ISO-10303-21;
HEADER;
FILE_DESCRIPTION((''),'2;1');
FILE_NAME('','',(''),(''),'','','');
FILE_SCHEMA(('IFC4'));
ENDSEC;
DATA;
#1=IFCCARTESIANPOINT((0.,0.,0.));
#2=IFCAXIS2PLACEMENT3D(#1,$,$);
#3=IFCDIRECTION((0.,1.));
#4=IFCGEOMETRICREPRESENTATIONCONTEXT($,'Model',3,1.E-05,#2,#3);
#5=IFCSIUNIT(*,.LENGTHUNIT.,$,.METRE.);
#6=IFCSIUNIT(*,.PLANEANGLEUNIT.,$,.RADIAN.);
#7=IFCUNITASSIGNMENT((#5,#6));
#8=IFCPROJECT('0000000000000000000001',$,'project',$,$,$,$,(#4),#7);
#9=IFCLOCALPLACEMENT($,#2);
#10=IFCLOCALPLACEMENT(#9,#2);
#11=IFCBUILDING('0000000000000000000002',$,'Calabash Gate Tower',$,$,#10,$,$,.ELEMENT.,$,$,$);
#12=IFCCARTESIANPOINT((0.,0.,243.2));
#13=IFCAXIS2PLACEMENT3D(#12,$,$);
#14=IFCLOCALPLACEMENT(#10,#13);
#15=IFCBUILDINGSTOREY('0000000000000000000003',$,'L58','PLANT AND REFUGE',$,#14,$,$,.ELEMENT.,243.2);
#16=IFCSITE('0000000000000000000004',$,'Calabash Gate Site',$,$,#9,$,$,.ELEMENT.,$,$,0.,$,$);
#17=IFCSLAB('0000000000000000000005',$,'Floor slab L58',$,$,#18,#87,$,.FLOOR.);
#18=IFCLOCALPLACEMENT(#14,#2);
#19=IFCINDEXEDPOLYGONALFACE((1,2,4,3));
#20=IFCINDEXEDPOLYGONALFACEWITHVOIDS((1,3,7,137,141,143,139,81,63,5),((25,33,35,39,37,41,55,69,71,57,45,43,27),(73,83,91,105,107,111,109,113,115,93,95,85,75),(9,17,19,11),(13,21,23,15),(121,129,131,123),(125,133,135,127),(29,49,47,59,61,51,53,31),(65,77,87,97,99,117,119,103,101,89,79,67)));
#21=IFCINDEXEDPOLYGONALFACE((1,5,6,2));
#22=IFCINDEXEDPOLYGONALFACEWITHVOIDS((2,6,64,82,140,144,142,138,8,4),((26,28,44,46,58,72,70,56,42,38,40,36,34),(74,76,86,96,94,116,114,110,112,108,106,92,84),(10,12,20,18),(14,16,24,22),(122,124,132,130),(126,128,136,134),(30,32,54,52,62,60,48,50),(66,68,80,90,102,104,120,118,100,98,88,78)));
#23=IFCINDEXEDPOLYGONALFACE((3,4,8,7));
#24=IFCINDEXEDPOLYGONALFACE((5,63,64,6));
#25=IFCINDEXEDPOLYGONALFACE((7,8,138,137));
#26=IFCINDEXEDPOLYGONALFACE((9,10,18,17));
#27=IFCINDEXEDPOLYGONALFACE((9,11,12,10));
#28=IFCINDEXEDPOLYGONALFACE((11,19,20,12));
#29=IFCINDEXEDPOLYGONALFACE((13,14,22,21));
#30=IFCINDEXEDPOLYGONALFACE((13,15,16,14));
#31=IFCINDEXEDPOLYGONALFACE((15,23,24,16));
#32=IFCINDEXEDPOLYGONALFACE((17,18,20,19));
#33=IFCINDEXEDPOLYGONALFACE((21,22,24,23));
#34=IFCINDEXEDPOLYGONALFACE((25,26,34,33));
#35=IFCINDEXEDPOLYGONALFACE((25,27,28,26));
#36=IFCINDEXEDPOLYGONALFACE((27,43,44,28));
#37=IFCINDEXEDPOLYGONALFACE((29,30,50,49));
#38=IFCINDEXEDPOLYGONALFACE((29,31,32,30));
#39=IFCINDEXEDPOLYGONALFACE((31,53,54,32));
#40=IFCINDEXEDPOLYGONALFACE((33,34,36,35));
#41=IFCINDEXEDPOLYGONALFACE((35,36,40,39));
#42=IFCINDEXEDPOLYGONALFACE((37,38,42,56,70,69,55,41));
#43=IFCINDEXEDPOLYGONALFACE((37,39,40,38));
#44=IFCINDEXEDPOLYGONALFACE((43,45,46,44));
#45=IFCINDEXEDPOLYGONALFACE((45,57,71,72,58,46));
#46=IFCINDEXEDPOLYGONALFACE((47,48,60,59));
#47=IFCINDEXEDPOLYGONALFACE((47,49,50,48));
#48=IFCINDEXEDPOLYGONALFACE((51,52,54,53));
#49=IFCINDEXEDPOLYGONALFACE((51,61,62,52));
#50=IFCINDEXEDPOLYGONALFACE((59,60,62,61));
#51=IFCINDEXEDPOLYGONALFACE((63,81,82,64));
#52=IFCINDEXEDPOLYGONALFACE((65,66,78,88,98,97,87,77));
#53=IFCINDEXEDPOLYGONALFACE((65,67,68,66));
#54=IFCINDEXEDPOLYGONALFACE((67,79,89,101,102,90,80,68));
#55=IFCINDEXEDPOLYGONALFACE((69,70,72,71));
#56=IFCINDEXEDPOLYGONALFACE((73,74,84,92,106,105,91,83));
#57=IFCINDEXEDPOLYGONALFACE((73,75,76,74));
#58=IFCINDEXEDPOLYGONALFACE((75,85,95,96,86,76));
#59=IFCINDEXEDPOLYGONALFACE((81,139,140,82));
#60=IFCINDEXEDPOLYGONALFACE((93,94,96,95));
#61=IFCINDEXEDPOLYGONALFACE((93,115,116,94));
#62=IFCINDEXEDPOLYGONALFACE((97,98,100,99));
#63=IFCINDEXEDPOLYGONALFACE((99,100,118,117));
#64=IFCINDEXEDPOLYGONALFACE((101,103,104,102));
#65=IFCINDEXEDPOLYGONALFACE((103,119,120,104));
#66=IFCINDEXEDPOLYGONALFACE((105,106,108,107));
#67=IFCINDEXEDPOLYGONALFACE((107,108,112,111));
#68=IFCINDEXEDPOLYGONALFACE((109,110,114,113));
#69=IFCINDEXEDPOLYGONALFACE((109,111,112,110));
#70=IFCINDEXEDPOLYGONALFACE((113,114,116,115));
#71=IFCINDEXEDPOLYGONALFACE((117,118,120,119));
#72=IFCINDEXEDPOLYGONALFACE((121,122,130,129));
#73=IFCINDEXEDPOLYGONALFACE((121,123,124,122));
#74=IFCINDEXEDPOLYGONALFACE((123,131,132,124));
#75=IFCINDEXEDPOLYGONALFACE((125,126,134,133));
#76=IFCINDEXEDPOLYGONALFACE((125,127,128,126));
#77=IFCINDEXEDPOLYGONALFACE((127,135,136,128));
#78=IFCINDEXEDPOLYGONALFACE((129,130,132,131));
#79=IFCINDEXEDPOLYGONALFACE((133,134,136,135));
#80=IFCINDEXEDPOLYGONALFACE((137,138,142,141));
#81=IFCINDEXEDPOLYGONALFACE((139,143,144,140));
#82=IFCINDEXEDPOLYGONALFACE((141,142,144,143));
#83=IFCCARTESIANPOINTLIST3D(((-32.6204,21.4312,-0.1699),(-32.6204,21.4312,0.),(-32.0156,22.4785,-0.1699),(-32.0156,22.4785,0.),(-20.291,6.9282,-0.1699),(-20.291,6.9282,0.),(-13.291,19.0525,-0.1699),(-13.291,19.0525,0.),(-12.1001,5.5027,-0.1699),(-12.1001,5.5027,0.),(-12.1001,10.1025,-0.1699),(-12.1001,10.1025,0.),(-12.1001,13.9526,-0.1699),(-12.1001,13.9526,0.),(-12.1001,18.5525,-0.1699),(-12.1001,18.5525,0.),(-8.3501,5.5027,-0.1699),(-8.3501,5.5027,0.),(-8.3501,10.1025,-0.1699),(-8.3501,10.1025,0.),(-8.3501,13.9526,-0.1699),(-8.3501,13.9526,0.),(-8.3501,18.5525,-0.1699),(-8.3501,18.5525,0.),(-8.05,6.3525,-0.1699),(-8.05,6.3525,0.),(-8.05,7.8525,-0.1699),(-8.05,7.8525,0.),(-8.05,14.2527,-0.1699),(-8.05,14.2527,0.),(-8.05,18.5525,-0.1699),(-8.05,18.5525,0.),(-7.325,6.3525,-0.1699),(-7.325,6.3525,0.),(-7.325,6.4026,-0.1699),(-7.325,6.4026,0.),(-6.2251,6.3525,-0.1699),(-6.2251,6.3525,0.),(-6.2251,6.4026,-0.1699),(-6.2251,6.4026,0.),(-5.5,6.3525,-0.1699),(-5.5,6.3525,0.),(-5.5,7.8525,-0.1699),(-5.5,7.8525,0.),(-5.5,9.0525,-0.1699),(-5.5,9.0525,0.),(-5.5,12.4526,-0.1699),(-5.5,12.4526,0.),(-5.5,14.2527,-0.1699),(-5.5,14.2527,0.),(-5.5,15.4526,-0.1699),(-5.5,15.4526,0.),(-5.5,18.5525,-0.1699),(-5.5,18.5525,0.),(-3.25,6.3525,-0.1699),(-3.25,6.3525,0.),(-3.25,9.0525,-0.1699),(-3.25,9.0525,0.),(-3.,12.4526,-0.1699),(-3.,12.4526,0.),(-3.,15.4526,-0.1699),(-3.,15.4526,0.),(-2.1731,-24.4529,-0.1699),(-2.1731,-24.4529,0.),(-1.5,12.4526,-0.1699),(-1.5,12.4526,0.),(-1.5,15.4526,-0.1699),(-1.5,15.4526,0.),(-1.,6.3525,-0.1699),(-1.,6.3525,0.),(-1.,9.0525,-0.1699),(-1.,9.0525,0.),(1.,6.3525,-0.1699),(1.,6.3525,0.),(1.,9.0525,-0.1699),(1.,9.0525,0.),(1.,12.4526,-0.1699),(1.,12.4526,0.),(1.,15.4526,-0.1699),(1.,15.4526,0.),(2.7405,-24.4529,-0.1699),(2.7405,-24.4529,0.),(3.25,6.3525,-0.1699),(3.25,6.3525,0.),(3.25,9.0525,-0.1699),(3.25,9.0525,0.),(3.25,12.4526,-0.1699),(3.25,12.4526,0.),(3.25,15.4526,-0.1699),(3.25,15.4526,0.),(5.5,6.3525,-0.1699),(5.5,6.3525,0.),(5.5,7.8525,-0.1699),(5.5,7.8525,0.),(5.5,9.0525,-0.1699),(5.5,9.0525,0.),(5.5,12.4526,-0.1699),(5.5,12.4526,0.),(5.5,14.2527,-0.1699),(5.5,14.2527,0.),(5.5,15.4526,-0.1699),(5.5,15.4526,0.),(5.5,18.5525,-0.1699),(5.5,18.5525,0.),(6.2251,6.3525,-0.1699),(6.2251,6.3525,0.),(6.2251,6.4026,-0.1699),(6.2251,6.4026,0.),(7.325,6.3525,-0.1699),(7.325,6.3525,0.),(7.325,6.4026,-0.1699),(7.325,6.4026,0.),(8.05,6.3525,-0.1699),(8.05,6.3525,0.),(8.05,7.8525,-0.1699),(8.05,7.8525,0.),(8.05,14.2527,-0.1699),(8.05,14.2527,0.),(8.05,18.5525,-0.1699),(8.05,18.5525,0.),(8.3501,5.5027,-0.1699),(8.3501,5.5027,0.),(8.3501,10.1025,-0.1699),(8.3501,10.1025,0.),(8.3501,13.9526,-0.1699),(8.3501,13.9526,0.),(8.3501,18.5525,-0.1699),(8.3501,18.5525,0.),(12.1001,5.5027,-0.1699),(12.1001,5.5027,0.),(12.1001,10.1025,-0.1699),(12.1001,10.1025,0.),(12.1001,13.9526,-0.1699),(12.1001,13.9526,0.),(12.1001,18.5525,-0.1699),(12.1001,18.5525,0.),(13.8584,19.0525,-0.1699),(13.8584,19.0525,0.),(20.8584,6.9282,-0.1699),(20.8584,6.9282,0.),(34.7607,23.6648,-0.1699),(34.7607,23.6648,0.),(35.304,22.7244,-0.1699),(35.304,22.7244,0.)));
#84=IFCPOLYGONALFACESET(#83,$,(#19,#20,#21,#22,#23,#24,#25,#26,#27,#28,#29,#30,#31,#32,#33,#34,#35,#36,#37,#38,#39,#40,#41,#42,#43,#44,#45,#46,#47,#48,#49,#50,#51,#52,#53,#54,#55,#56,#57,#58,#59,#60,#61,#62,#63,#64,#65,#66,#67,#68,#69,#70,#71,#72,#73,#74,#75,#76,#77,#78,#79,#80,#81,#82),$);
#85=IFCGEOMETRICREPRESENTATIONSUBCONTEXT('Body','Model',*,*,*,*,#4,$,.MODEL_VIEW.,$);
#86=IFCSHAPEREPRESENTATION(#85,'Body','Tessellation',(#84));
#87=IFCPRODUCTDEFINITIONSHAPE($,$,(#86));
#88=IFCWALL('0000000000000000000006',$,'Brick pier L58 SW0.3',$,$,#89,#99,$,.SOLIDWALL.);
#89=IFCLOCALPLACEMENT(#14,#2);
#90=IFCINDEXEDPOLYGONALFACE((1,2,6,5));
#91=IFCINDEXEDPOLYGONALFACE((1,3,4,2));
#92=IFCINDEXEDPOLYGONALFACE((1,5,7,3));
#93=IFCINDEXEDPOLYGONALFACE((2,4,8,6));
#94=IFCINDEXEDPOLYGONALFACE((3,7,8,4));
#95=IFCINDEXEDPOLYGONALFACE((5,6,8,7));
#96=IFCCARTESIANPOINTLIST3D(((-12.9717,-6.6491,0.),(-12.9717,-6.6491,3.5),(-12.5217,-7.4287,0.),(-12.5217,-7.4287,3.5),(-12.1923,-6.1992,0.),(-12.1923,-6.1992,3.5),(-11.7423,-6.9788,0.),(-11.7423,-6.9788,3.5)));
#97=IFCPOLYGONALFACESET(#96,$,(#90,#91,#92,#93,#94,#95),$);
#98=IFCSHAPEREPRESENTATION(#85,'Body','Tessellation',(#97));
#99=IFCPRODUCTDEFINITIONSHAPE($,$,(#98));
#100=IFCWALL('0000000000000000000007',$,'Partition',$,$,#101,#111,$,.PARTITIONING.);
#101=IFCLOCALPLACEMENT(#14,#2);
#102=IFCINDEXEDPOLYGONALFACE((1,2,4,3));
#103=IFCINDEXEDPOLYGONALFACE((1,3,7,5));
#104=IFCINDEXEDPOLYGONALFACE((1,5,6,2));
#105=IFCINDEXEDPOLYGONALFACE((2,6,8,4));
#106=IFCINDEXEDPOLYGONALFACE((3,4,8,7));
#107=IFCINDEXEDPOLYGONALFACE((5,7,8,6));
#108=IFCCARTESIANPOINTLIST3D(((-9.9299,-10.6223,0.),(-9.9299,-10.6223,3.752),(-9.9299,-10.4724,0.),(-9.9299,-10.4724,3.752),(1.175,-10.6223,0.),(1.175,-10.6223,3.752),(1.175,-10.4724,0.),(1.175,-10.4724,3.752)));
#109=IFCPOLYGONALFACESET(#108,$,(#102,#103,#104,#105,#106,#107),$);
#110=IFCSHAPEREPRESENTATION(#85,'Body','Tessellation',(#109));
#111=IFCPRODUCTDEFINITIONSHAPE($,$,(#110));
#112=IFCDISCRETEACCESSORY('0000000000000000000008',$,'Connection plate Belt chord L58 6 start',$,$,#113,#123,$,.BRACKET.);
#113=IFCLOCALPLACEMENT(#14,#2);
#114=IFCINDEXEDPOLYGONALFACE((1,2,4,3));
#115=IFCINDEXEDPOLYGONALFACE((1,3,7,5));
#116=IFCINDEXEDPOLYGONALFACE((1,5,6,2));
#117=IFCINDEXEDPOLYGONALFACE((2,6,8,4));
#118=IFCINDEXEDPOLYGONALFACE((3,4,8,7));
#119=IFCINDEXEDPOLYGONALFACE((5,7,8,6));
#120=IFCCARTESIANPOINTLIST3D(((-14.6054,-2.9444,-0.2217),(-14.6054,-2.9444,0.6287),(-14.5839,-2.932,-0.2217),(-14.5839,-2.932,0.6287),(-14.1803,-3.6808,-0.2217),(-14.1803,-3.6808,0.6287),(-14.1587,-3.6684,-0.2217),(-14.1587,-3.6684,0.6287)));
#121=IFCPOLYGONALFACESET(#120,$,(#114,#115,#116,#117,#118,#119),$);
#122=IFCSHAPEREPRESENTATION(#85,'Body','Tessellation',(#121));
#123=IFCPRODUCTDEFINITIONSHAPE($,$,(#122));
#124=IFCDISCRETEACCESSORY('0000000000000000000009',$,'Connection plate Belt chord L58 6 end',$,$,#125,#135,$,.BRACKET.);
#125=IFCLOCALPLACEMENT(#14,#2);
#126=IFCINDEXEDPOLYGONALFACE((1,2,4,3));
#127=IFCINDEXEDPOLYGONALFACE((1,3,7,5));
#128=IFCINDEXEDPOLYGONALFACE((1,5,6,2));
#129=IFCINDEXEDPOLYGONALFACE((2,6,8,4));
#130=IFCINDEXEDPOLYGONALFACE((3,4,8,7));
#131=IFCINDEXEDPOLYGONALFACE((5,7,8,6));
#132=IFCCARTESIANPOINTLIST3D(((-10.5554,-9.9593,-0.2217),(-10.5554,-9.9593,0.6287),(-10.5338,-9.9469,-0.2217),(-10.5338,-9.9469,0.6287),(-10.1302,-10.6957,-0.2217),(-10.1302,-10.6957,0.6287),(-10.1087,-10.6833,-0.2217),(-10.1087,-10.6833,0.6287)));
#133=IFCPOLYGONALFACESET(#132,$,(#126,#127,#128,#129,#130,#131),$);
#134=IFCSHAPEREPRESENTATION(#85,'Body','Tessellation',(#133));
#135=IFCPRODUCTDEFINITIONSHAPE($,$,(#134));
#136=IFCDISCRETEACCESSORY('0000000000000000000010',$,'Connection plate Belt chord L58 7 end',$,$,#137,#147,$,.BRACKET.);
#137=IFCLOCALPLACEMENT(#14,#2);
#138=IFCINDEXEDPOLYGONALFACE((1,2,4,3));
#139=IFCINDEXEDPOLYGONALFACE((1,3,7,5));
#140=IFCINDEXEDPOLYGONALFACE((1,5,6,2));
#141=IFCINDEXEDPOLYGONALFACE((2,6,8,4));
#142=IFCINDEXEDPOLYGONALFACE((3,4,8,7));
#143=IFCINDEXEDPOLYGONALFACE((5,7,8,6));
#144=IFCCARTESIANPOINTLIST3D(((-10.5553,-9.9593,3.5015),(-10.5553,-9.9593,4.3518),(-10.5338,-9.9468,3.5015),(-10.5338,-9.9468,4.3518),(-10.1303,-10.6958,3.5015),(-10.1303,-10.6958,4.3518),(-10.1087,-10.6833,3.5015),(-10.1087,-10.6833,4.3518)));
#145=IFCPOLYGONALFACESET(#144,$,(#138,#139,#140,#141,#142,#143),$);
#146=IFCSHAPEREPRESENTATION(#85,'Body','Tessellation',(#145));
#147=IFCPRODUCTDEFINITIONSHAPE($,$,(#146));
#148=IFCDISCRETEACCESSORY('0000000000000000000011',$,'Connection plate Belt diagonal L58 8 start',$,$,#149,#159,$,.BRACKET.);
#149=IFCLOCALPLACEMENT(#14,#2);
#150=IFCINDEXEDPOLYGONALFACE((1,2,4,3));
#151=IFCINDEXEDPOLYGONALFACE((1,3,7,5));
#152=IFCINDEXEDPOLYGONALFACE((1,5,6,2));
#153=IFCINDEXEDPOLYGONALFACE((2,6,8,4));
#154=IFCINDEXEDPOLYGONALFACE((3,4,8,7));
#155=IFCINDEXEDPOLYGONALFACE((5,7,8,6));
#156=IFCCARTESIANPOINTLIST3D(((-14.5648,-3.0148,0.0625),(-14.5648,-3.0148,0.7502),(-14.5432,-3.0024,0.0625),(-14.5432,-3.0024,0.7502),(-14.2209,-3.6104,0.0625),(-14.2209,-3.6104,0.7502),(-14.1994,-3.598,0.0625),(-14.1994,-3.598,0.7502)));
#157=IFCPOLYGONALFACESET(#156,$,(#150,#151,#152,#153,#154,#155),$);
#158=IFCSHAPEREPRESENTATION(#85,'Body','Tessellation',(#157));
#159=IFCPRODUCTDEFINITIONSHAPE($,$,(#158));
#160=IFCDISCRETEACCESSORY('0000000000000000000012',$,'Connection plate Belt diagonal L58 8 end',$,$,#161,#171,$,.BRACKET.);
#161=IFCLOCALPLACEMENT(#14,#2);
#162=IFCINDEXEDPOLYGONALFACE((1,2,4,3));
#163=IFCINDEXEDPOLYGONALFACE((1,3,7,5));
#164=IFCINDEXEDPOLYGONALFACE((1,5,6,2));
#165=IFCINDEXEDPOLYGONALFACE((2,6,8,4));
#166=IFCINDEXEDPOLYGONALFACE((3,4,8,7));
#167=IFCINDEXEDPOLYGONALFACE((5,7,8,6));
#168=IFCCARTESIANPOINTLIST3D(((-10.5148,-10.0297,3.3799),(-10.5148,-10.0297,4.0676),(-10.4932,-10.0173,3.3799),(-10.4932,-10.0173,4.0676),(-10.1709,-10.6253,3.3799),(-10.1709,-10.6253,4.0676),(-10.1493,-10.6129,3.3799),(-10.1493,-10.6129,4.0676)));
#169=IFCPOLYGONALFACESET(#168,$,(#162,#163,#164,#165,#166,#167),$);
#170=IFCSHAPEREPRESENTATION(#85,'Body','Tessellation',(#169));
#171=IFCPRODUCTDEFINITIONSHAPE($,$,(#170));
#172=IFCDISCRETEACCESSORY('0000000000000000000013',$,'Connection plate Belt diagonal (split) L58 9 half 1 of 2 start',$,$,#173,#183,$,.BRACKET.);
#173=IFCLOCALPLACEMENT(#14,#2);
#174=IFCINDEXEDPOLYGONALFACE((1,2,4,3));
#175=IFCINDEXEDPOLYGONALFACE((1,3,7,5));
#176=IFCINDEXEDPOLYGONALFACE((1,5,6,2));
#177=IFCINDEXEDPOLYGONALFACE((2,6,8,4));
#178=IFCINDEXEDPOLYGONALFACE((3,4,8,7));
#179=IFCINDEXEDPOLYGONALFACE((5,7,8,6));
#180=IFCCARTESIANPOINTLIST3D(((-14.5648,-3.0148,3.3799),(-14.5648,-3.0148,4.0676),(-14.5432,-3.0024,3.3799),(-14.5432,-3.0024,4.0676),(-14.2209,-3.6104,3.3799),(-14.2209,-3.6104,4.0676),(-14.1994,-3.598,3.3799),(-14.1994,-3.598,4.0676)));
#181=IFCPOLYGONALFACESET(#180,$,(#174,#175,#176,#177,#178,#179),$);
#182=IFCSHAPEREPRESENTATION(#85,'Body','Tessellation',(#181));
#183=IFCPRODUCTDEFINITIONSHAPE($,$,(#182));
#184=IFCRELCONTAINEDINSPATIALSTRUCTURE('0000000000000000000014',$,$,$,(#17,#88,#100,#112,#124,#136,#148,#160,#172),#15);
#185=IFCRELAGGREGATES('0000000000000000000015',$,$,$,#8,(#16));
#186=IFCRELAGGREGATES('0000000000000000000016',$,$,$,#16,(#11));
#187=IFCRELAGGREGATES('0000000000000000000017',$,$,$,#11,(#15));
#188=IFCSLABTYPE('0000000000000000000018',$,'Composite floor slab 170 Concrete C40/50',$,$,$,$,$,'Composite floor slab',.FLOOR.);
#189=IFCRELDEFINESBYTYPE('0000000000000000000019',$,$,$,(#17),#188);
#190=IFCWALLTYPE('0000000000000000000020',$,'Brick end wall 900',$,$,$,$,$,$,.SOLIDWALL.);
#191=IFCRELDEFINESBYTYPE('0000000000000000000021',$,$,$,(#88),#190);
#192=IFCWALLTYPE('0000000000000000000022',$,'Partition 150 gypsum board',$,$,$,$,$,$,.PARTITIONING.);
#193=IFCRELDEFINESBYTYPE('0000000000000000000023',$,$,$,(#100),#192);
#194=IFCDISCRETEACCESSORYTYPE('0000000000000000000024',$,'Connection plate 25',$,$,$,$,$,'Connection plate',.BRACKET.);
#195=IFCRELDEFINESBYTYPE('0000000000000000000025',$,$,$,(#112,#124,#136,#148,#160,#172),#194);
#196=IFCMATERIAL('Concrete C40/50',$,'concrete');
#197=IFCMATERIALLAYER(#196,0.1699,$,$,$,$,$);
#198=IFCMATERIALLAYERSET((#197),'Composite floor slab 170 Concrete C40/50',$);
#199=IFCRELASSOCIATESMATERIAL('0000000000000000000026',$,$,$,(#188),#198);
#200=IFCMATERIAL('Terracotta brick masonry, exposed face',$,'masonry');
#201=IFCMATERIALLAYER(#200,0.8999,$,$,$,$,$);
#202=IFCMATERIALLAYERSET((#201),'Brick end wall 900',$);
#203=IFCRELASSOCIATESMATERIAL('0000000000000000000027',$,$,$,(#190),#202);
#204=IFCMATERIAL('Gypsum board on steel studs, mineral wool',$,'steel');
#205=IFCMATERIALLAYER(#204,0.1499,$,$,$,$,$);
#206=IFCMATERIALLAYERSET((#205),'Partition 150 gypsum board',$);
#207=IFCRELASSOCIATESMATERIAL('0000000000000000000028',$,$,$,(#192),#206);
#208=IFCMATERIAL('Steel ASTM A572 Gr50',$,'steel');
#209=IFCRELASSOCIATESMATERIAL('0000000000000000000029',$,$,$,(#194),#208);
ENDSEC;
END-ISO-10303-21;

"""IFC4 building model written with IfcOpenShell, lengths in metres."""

from ifc_helpers import new_model, si_unit, direction, frame, frame_2d, origin, origin_2d, place, context, subcontext, project, spatial, polyline, rectangle, outline, extrude, material, layer, layer_set, type_object, element, save


model = new_model("IFC4")

# Units and contexts
model_context = context("Model", 3, precision=1e-05, world=origin(), true_north=direction((0.0, 1.0)))
body_context = subcontext(model_context, "Body", "Model", "MODEL_VIEW")
ifc_project = project(units=[si_unit("LENGTHUNIT", "METRE"), si_unit("PLANEANGLEUNIT", "RADIAN")], contexts=[model_context])

# Site, building, storey
site_placement = place(None, origin())
site = spatial("IfcSite", under=ifc_project, at=site_placement, Name="Calabash Gate Site", CompositionType="ELEMENT", RefElevation=0.0)
building_placement = place(site_placement, origin())
building = spatial("IfcBuilding", under=site, at=building_placement, Name="Calabash Gate Tower", CompositionType="ELEMENT")
storey_placement = place(building_placement, frame((0.0, 0.0, 243.2)))
storey = spatial("IfcBuildingStorey", under=building, at=storey_placement, Name="L58", Description="PLANT AND REFUGE", CompositionType="ELEMENT", Elevation=243.2)

# Slab
ifc_material_1 = material(Name="Concrete C40/50", Category="concrete")
ifc_layer_1 = layer(ifc_material_1, 0.1699)
ifc_layer_set_1 = layer_set([ifc_layer_1], Name="Composite floor slab 170 Concrete C40/50")
slab_type = type_object("IfcSlabType", Name="Composite floor slab 170 Concrete C40/50", ElementType="Composite floor slab", PredefinedType="FLOOR", material=ifc_layer_set_1)
slab_placement = place(storey_placement, frame((0.0, 0.0, -0.1699)))
element("IfcSlab", 1, at=slab_placement, inside=storey, type_object=slab_type, Name="Floor slab L58", PredefinedType="FLOOR", context=body_context, shape_type="SweptSolid", body=[
    extrude(outline(polyline([(35.304, 22.7244), (20.8584, 6.9282), (2.7405, -24.4529), (-2.1731, -24.4529), (-20.291, 6.9282), (-32.6204, 21.4312), (-32.0156, 22.4785), (-13.291, 19.0525), (13.8584, 19.0525), (34.7607, 23.6648), (35.304, 22.7244)]), holes=[polyline([(-1.0, 9.0525), (-3.25, 9.0525), (-5.5, 9.0525), (-5.5, 7.8525), (-8.05, 7.8525), (-8.05, 6.3525), (-7.325, 6.3525), (-7.325, 6.4026), (-6.2251, 6.4026), (-6.2251, 6.3525), (-5.5, 6.3525), (-3.25, 6.3525), (-1.0, 6.3525), (-1.0, 9.0525)]), polyline([(3.25, 6.3525), (5.5, 6.3525), (6.2251, 6.3525), (6.2251, 6.4026), (7.325, 6.4026), (7.325, 6.3525), (8.05, 6.3525), (8.05, 7.8525), (5.5, 7.8525), (5.5, 9.0525), (3.25, 9.0525), (1.0, 9.0525), (1.0, 6.3525), (3.25, 6.3525)]), polyline([(-5.5, 14.2527), (-5.5, 12.4526), (-3.0, 12.4526), (-3.0, 15.4526), (-5.5, 15.4526), (-5.5, 18.5525), (-8.05, 18.5525), (-8.05, 14.2527), (-5.5, 14.2527)]), polyline([(1.0, 15.4526), (-1.5, 15.4526), (-1.5, 12.4526), (1.0, 12.4526), (3.25, 12.4526), (5.5, 12.4526), (5.5, 14.2527), (8.05, 14.2527), (8.05, 18.5525), (5.5, 18.5525), (5.5, 15.4526), (3.25, 15.4526), (1.0, 15.4526)]), polyline([(-8.3501, 18.5525), (-12.1001, 18.5525), (-12.1001, 13.9526), (-8.3501, 13.9526), (-8.3501, 18.5525)]), polyline([(-12.1001, 10.1025), (-12.1001, 5.5027), (-8.3501, 5.5027), (-8.3501, 10.1025), (-12.1001, 10.1025)]), polyline([(8.3501, 13.9526), (12.1001, 13.9526), (12.1001, 18.5525), (8.3501, 18.5525), (8.3501, 13.9526)]), polyline([(12.1001, 5.5027), (12.1001, 10.1025), (8.3501, 10.1025), (8.3501, 5.5027), (12.1001, 5.5027)])]), origin(), (0.0, 0.0, 1.0), 0.1699),
])

# Walls
ifc_material_2 = material(Name="Terracotta brick masonry, exposed face", Category="masonry")
ifc_layer_2 = layer(ifc_material_2, 0.8999)
ifc_layer_set_2 = layer_set([ifc_layer_2], Name="Brick end wall 900")
wall_type_1 = type_object("IfcWallType", Name="Brick end wall 900", PredefinedType="SOLIDWALL", material=ifc_layer_set_2)
wall_1_placement = place(storey_placement, frame((-12.582, -6.4241, 0.0), z_axis=(0.0, 0.0, 1.0), x_axis=(0.499902, -0.866082, 0.0)))
element("IfcWall", 2, at=wall_1_placement, inside=storey, type_object=wall_type_1, Name="Brick pier L58 SW0.3", PredefinedType="SOLIDWALL", context=body_context, shape_type="SweptSolid", body=[
    extrude(rectangle(XDim=0.9001, YDim=0.8999, at=frame_2d((0.4502, 0.0))), origin(), (0.0, 0.0, 1.0), 3.5),
])
ifc_material_3 = material(Name="Gypsum board on steel studs, mineral wool", Category="steel")
ifc_layer_3 = layer(ifc_material_3, 0.1499)
ifc_layer_set_3 = layer_set([ifc_layer_3], Name="Partition 150 gypsum board")
wall_type_2 = type_object("IfcWallType", Name="Partition 150 gypsum board", PredefinedType="PARTITIONING", material=ifc_layer_set_3)
wall_2_placement = place(storey_placement, frame((-9.9299, -10.5474, 0.0), z_axis=(0.0, 0.0, 1.0), x_axis=(1.0, 0.0, 0.0)))
element("IfcWall", 3, at=wall_2_placement, inside=storey, type_object=wall_type_2, Name="Partition", PredefinedType="PARTITIONING", context=body_context, shape_type="SweptSolid", body=[
    extrude(rectangle(XDim=11.105, YDim=0.1499, at=frame_2d((5.5525, 0.0))), origin(), (0.0, 0.0, 1.0), 3.752),
])

# Discrete accessories
ifc_material_4 = material(Name="Steel ASTM A572 Gr50", Category="steel")
discrete_accessory_type = type_object("IfcDiscreteAccessoryType", Name="Connection plate 25", ElementType="Connection plate", PredefinedType="BRACKET", material=ifc_material_4)
for number, where, z_axis, x_axis, name in (
    (4, (-14.3821, -3.3064, -0.2217), (0.0, 0.0, 1.0), (0.5, -0.866025, 0.0), "Connection plate Belt chord L58 6 start"),
    (5, (-10.332, -10.3213, -0.2217), (0.0, 0.0, 1.0), (0.5, -0.866025, 0.0), "Connection plate Belt chord L58 6 end"),
    (6, (-10.332, -10.3213, 3.5015), (0.0, 0.0, 1.0), (0.49986, -0.866106, 0.0), "Connection plate Belt chord L58 7 end"),
):
    element("IfcDiscreteAccessory", number, at=place(storey_placement, frame(where, z_axis=z_axis, x_axis=x_axis)), inside=storey, type_object=discrete_accessory_type, Name=name, PredefinedType="BRACKET", context=body_context, shape_type="SweptSolid", body=[
        extrude(rectangle(XDim=0.8503, YDim=0.0249, at=origin_2d()), origin(), (0.0, 0.0, 1.0), 0.8503),
    ])
for number, where, z_axis, x_axis, name in (
    (7, (-14.3821, -3.3064, 0.0625), (0.0, 0.0, 1.0), (0.5, -0.866025, 0.0), "Connection plate Belt diagonal L58 8 start"),
    (8, (-10.332, -10.3213, 3.3799), (0.0, 0.0, 1.0), (0.5, -0.866025, 0.0), "Connection plate Belt diagonal L58 8 end"),
    (9, (-14.3821, -3.3064, 3.3799), (0.0, 0.0, 1.0), (0.5, -0.866025, 0.0), "Connection plate Belt diagonal (split) L58 9 half 1 of 2 start"),
):
    element("IfcDiscreteAccessory", number, at=place(storey_placement, frame(where, z_axis=z_axis, x_axis=x_axis)), inside=storey, type_object=discrete_accessory_type, Name=name, PredefinedType="BRACKET", context=body_context, shape_type="SweptSolid", body=[
        extrude(rectangle(XDim=0.6877, YDim=0.0249, at=origin_2d()), origin(), (0.0, 0.0, 1.0), 0.6877),
    ])

save(model, "model.ifc")
